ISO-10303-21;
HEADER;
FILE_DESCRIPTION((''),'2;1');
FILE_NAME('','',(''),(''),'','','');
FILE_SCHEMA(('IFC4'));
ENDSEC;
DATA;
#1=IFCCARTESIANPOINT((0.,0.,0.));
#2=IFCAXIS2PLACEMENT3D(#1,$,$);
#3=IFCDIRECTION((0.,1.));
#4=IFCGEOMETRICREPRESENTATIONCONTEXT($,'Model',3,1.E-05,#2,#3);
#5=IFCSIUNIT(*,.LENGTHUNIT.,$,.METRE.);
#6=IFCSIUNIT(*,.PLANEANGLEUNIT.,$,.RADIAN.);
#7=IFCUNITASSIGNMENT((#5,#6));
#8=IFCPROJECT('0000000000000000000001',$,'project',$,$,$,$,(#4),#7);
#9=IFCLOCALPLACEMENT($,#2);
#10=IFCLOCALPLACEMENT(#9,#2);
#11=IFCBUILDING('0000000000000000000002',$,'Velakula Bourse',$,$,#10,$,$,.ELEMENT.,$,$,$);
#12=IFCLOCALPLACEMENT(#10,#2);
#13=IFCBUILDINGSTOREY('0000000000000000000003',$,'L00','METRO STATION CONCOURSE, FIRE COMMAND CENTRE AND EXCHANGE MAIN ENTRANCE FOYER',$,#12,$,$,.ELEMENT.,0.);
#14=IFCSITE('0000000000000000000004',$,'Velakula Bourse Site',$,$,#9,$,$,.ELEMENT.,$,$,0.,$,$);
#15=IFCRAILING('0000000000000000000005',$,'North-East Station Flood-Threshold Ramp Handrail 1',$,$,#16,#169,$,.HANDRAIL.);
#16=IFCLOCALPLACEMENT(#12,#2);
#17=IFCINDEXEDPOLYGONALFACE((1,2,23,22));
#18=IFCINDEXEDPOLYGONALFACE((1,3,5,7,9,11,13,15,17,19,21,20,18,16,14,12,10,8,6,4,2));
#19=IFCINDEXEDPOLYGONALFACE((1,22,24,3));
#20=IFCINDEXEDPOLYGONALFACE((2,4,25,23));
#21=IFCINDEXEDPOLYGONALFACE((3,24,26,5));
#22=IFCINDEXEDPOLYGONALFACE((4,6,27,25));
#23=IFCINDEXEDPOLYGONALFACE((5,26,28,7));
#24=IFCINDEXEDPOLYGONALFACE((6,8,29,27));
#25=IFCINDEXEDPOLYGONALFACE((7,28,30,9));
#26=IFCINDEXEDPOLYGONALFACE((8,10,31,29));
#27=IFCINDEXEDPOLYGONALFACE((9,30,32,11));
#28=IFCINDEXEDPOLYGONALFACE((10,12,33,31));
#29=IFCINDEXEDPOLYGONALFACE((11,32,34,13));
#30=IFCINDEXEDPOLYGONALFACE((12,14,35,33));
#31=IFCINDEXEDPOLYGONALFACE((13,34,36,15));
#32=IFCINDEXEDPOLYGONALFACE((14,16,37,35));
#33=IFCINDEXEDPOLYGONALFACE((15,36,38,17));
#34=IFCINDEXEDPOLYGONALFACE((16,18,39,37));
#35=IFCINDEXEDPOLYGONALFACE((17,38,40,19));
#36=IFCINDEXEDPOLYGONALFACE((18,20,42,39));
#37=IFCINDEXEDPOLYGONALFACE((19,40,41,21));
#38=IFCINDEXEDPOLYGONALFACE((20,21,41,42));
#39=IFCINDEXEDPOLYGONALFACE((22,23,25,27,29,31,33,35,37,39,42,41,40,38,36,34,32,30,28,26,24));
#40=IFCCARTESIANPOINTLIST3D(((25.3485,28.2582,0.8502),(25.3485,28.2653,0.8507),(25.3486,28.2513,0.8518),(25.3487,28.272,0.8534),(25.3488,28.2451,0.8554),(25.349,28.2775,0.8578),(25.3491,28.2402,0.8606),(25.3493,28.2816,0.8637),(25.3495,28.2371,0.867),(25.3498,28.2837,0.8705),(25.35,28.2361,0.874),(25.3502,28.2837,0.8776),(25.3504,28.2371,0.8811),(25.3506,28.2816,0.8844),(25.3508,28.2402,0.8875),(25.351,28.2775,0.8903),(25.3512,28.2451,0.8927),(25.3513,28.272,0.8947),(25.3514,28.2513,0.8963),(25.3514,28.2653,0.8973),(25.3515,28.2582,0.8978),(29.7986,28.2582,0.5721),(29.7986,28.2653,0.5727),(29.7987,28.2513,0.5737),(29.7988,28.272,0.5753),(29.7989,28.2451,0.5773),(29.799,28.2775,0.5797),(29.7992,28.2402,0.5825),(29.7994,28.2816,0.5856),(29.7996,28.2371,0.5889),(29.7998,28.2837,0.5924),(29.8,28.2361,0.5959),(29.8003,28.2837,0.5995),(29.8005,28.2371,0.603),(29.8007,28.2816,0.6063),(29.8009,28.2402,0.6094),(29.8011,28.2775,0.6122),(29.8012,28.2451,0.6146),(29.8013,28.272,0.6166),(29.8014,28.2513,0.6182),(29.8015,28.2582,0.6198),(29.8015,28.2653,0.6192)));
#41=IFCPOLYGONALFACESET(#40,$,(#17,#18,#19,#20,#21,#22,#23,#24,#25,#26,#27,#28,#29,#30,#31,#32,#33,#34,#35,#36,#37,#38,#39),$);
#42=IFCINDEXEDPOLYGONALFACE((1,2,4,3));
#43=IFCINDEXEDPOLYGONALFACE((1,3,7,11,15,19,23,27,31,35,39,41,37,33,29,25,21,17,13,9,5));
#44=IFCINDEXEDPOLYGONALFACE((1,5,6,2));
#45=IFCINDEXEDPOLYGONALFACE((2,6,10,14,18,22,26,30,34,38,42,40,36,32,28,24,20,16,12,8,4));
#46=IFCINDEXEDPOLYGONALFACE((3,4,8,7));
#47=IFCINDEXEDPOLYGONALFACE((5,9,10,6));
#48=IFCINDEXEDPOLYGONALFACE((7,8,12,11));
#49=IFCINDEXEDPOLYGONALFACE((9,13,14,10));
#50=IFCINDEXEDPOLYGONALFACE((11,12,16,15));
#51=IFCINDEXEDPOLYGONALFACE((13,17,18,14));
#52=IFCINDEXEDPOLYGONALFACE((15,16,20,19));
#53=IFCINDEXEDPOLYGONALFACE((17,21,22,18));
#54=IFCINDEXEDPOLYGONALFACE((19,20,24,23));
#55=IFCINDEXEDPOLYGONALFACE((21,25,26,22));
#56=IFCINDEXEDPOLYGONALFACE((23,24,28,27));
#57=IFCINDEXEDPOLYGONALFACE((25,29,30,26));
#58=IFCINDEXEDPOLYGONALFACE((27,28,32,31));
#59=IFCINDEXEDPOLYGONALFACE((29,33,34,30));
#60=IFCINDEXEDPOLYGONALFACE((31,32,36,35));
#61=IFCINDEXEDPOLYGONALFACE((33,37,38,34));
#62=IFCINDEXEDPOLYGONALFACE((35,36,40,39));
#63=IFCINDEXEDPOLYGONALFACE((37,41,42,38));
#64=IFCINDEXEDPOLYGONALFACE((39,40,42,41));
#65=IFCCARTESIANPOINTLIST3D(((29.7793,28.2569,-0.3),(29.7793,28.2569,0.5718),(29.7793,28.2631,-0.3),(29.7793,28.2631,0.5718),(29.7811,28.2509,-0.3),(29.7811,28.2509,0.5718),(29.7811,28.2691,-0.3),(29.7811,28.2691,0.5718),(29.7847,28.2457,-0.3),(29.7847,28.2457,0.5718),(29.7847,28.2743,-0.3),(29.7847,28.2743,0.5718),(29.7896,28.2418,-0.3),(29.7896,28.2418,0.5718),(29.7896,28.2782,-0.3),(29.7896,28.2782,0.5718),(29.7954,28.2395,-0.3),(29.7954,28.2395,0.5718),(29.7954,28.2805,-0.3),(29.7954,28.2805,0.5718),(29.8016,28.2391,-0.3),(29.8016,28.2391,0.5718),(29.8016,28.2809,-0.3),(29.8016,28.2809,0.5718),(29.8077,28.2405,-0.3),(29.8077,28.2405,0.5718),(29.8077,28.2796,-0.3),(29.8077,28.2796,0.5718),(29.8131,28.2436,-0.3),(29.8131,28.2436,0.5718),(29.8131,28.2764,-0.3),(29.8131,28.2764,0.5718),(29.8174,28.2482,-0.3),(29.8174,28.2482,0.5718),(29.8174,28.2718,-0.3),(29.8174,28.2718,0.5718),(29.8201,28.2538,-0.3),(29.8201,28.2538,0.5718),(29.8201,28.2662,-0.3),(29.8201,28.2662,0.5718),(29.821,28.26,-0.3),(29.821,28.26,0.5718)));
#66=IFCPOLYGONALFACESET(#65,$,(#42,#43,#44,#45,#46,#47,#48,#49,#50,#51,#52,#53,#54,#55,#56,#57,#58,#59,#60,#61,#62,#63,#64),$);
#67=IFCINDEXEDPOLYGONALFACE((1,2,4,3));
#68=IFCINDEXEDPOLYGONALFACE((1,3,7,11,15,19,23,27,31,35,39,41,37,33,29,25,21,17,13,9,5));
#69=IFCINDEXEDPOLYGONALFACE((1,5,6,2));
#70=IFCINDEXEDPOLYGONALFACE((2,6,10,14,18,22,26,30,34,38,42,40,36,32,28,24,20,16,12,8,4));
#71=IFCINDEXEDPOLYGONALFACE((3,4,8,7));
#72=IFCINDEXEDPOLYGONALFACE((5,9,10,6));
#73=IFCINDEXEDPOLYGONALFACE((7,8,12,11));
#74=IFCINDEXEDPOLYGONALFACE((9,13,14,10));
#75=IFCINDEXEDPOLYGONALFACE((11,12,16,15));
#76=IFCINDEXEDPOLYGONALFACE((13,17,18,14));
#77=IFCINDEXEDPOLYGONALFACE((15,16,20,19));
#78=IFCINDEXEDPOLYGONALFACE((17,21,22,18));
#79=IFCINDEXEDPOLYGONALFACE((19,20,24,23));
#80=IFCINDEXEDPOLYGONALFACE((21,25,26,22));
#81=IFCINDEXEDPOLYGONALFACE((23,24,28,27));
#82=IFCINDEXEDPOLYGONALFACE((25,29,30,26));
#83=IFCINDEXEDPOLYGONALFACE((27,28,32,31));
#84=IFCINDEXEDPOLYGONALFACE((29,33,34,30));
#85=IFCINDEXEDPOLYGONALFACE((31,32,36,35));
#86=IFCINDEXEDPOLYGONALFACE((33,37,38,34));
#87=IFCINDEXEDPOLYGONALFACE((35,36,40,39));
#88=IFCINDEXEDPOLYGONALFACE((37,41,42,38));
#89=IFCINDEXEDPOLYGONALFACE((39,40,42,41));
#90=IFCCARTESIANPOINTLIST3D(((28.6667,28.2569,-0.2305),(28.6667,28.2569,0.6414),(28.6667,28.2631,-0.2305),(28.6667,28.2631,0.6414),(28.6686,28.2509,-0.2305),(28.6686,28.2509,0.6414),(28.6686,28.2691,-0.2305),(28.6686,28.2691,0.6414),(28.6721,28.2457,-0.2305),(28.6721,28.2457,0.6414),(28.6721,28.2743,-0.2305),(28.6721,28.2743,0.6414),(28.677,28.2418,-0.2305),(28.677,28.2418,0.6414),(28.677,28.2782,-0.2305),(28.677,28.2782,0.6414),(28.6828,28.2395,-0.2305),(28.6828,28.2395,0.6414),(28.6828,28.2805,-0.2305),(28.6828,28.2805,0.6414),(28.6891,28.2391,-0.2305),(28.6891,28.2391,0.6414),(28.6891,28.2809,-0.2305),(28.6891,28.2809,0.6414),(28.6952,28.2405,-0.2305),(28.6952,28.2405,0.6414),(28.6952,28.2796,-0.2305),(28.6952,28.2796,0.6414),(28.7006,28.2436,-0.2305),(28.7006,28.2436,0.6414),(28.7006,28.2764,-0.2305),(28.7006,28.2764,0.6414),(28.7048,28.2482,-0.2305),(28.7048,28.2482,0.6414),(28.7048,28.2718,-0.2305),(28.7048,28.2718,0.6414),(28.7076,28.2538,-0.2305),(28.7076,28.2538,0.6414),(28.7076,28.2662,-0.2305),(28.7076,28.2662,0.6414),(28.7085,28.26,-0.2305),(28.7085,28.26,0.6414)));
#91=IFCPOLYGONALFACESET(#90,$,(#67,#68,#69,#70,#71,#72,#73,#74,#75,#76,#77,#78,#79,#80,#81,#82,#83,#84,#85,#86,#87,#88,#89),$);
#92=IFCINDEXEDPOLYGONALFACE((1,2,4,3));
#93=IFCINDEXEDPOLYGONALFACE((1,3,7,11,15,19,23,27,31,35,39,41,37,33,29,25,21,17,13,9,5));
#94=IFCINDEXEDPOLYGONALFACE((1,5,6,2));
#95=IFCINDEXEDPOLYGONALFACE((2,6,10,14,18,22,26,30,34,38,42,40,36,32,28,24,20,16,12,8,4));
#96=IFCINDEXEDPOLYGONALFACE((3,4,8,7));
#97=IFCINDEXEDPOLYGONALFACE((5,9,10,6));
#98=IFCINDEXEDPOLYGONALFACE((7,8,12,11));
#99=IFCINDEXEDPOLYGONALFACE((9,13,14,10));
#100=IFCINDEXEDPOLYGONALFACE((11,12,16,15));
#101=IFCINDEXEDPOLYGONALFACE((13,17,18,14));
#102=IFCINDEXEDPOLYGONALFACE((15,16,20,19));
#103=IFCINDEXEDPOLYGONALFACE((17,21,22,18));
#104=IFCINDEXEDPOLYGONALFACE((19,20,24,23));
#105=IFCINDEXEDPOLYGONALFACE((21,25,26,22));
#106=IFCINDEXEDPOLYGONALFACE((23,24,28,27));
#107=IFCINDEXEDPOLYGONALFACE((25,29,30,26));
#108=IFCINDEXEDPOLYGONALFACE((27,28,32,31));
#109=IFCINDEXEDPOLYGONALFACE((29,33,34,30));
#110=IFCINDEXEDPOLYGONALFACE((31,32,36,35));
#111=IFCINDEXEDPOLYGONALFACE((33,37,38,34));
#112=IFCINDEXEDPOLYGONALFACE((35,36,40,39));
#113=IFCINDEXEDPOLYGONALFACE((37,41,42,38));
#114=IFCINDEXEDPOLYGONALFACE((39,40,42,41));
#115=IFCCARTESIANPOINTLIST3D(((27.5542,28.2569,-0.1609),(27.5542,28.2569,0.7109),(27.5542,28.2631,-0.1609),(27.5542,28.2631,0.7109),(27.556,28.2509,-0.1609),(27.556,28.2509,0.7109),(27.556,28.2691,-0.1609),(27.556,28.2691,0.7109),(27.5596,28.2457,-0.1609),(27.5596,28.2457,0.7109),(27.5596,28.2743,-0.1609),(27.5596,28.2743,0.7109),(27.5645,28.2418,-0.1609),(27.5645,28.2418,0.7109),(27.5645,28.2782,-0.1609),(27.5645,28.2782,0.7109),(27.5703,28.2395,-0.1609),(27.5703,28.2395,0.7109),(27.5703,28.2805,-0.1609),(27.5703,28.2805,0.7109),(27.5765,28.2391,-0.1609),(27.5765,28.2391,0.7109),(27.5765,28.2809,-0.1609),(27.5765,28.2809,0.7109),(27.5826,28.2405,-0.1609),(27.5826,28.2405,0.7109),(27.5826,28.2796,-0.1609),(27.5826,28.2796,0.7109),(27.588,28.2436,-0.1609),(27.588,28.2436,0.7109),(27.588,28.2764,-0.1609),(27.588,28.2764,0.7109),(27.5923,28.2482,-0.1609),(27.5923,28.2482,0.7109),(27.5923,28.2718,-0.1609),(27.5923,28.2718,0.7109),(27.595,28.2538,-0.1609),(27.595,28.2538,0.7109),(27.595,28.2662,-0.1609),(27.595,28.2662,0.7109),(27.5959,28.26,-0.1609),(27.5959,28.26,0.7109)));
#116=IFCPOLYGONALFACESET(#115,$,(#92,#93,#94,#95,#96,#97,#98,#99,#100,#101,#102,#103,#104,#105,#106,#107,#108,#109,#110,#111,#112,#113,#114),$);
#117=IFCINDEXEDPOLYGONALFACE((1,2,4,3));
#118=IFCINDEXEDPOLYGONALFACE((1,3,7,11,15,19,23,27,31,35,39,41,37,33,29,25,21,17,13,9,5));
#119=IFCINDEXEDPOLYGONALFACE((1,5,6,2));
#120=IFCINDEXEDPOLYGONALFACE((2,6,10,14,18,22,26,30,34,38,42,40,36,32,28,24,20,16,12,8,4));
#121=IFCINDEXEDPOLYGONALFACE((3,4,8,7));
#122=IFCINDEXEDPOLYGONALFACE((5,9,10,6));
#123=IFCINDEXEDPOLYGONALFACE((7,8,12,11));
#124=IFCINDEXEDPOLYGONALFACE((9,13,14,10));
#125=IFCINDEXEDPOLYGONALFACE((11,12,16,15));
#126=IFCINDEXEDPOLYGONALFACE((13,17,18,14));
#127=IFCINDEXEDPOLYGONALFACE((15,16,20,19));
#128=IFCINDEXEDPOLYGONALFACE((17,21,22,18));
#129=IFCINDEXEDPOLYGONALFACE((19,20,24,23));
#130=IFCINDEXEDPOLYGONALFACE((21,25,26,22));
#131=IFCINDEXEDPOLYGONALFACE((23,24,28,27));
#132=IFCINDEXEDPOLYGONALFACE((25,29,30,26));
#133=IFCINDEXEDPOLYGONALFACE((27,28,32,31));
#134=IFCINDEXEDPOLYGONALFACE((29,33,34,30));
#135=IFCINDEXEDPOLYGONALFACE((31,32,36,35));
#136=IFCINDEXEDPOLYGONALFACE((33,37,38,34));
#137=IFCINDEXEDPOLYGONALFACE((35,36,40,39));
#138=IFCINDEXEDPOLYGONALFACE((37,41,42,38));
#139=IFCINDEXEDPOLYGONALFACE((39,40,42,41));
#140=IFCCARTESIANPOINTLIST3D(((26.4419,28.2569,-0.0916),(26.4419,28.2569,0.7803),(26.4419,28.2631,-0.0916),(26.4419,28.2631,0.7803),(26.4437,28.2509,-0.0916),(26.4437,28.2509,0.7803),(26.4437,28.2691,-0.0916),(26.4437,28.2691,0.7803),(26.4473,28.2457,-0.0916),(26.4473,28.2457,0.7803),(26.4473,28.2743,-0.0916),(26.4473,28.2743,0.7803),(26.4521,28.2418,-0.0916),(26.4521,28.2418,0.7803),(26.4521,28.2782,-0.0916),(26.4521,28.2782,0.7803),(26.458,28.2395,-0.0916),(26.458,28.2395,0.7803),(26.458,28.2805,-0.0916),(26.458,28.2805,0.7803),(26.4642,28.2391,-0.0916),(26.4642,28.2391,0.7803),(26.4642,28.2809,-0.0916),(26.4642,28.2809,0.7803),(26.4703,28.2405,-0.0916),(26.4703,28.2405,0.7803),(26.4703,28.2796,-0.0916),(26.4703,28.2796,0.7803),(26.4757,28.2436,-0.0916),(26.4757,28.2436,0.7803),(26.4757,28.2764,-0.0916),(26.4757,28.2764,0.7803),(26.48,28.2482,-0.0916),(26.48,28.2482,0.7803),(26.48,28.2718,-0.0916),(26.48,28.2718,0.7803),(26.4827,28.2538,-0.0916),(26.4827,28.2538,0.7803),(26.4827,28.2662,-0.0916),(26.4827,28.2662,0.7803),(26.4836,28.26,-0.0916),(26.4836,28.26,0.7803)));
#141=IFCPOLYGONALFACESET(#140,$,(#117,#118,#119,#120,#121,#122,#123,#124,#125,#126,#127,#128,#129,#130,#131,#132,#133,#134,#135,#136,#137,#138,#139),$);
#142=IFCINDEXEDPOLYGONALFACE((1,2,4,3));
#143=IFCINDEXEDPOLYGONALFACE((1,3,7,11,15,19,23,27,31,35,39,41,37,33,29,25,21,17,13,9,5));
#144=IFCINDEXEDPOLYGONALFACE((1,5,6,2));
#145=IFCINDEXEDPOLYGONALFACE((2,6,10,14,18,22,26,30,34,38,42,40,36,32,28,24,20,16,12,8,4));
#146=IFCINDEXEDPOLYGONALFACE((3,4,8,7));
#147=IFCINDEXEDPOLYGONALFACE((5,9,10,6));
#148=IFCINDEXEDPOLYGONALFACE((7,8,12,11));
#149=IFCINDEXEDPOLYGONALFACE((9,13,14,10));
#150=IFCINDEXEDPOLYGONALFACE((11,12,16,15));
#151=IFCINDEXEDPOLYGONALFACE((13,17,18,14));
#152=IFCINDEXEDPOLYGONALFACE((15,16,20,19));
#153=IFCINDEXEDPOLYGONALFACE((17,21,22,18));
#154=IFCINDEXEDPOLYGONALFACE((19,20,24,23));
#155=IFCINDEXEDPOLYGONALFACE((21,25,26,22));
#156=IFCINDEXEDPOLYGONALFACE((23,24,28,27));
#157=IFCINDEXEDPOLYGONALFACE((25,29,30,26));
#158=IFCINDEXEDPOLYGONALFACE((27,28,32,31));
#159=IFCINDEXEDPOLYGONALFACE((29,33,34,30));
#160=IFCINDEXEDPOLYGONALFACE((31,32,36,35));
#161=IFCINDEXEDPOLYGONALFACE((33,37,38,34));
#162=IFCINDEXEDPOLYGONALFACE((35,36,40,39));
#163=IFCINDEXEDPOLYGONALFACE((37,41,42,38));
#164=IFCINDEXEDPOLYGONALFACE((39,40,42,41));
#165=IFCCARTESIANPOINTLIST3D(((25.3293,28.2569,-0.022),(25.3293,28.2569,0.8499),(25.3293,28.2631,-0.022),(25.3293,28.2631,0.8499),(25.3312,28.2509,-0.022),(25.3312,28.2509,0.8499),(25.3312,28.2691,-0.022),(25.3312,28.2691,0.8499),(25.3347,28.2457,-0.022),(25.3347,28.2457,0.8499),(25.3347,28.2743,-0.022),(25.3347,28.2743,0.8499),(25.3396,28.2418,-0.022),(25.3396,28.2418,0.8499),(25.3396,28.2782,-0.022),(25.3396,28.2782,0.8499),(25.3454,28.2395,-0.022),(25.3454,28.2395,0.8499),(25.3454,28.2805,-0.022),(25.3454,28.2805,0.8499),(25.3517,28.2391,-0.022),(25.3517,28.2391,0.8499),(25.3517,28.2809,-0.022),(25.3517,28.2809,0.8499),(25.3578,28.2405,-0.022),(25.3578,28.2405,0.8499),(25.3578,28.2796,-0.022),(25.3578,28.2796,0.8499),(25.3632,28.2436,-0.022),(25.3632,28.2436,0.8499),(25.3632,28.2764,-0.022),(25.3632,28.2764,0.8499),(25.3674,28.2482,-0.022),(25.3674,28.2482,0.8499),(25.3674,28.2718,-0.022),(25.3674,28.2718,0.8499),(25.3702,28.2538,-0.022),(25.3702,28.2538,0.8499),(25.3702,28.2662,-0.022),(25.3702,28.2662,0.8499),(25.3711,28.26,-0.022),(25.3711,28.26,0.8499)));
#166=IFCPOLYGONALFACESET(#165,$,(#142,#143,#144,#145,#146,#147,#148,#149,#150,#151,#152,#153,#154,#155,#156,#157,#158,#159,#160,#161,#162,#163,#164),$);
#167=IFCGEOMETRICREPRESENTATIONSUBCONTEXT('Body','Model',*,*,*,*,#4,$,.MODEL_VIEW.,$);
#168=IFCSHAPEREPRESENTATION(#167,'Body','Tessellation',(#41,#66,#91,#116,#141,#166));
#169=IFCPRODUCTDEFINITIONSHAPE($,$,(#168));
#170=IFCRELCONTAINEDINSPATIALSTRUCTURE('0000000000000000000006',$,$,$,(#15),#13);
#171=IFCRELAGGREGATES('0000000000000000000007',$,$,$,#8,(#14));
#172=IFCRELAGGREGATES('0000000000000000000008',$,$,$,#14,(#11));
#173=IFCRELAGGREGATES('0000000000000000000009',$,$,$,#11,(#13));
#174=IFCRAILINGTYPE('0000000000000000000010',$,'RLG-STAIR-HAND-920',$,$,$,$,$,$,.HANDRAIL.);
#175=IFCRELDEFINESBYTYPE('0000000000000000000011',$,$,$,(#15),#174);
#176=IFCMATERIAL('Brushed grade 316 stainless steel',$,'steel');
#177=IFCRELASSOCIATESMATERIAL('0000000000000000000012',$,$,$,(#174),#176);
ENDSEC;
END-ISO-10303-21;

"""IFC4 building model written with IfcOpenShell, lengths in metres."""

from ifc_helpers import new_model, si_unit, direction, frame, origin, origin_2d, place, context, subcontext, project, spatial, circle, extrude, material, type_object, element, save


model = new_model("IFC4")

# Units and contexts
model_context = context("Model", 3, precision=1e-05, world=origin(), true_north=direction((0.0, 1.0)))
body_context = subcontext(model_context, "Body", "Model", "MODEL_VIEW")
ifc_project = project(units=[si_unit("LENGTHUNIT", "METRE"), si_unit("PLANEANGLEUNIT", "RADIAN")], contexts=[model_context])

# Site, building, storey
site_placement = place(None, origin())
site = spatial("IfcSite", under=ifc_project, at=site_placement, Name="Velakula Bourse Site", CompositionType="ELEMENT", RefElevation=0.0)
building_placement = place(site_placement, origin())
building = spatial("IfcBuilding", under=site, at=building_placement, Name="Velakula Bourse", CompositionType="ELEMENT")
storey_placement = place(building_placement, origin())
storey = spatial("IfcBuildingStorey", under=building, at=storey_placement, Name="L00", Description="METRO STATION CONCOURSE, FIRE COMMAND CENTRE AND EXCHANGE MAIN ENTRANCE FOYER", CompositionType="ELEMENT", Elevation=0.0)

# Railing
ifc_material_1 = material(Name="Brushed grade 316 stainless steel", Category="steel")
railing_type = type_object("IfcRailingType", Name="RLG-STAIR-HAND-920", PredefinedType="HANDRAIL", material=ifc_material_1)
for number, where, name in (
    (1, (29.8, 28.26, -0.3), "North-East Station Flood-Threshold Ramp Handrail 1"),
):
    element("IfcRailing", number, at=place(storey_placement, frame(where)), inside=storey, type_object=railing_type, Name=name, PredefinedType="HANDRAIL", context=body_context, shape_type="SweptSolid", body=[
        extrude(circle(Radius=0.0239, at=origin_2d()), frame((0.0, 0.0, 0.896), z_axis=(-0.998053, 0.0, 0.062368), x_axis=(0.0, -1.0, 0.0)), (0.0, 0.0, 1.0), 4.4587),
        extrude(circle(Radius=0.021, at=origin_2d()), origin(), (0.0, 0.0, 1.0), 0.8718),
        extrude(circle(Radius=0.021, at=origin_2d()), frame((-1.1125, 0.0, 0.0696)), (0.0, 0.0, 1.0), 0.8718),
        extrude(circle(Radius=0.021, at=origin_2d()), frame((-2.2251, 0.0, 0.1392)), (0.0, 0.0, 1.0), 0.8718),
        extrude(circle(Radius=0.021, at=origin_2d()), frame((-3.3374, 0.0, 0.2085)), (0.0, 0.0, 1.0), 0.8718),
        extrude(circle(Radius=0.021, at=origin_2d()), frame((-4.45, 0.0, 0.2781)), (0.0, 0.0, 1.0), 0.8718),
    ])

save(model, "model.ifc")
